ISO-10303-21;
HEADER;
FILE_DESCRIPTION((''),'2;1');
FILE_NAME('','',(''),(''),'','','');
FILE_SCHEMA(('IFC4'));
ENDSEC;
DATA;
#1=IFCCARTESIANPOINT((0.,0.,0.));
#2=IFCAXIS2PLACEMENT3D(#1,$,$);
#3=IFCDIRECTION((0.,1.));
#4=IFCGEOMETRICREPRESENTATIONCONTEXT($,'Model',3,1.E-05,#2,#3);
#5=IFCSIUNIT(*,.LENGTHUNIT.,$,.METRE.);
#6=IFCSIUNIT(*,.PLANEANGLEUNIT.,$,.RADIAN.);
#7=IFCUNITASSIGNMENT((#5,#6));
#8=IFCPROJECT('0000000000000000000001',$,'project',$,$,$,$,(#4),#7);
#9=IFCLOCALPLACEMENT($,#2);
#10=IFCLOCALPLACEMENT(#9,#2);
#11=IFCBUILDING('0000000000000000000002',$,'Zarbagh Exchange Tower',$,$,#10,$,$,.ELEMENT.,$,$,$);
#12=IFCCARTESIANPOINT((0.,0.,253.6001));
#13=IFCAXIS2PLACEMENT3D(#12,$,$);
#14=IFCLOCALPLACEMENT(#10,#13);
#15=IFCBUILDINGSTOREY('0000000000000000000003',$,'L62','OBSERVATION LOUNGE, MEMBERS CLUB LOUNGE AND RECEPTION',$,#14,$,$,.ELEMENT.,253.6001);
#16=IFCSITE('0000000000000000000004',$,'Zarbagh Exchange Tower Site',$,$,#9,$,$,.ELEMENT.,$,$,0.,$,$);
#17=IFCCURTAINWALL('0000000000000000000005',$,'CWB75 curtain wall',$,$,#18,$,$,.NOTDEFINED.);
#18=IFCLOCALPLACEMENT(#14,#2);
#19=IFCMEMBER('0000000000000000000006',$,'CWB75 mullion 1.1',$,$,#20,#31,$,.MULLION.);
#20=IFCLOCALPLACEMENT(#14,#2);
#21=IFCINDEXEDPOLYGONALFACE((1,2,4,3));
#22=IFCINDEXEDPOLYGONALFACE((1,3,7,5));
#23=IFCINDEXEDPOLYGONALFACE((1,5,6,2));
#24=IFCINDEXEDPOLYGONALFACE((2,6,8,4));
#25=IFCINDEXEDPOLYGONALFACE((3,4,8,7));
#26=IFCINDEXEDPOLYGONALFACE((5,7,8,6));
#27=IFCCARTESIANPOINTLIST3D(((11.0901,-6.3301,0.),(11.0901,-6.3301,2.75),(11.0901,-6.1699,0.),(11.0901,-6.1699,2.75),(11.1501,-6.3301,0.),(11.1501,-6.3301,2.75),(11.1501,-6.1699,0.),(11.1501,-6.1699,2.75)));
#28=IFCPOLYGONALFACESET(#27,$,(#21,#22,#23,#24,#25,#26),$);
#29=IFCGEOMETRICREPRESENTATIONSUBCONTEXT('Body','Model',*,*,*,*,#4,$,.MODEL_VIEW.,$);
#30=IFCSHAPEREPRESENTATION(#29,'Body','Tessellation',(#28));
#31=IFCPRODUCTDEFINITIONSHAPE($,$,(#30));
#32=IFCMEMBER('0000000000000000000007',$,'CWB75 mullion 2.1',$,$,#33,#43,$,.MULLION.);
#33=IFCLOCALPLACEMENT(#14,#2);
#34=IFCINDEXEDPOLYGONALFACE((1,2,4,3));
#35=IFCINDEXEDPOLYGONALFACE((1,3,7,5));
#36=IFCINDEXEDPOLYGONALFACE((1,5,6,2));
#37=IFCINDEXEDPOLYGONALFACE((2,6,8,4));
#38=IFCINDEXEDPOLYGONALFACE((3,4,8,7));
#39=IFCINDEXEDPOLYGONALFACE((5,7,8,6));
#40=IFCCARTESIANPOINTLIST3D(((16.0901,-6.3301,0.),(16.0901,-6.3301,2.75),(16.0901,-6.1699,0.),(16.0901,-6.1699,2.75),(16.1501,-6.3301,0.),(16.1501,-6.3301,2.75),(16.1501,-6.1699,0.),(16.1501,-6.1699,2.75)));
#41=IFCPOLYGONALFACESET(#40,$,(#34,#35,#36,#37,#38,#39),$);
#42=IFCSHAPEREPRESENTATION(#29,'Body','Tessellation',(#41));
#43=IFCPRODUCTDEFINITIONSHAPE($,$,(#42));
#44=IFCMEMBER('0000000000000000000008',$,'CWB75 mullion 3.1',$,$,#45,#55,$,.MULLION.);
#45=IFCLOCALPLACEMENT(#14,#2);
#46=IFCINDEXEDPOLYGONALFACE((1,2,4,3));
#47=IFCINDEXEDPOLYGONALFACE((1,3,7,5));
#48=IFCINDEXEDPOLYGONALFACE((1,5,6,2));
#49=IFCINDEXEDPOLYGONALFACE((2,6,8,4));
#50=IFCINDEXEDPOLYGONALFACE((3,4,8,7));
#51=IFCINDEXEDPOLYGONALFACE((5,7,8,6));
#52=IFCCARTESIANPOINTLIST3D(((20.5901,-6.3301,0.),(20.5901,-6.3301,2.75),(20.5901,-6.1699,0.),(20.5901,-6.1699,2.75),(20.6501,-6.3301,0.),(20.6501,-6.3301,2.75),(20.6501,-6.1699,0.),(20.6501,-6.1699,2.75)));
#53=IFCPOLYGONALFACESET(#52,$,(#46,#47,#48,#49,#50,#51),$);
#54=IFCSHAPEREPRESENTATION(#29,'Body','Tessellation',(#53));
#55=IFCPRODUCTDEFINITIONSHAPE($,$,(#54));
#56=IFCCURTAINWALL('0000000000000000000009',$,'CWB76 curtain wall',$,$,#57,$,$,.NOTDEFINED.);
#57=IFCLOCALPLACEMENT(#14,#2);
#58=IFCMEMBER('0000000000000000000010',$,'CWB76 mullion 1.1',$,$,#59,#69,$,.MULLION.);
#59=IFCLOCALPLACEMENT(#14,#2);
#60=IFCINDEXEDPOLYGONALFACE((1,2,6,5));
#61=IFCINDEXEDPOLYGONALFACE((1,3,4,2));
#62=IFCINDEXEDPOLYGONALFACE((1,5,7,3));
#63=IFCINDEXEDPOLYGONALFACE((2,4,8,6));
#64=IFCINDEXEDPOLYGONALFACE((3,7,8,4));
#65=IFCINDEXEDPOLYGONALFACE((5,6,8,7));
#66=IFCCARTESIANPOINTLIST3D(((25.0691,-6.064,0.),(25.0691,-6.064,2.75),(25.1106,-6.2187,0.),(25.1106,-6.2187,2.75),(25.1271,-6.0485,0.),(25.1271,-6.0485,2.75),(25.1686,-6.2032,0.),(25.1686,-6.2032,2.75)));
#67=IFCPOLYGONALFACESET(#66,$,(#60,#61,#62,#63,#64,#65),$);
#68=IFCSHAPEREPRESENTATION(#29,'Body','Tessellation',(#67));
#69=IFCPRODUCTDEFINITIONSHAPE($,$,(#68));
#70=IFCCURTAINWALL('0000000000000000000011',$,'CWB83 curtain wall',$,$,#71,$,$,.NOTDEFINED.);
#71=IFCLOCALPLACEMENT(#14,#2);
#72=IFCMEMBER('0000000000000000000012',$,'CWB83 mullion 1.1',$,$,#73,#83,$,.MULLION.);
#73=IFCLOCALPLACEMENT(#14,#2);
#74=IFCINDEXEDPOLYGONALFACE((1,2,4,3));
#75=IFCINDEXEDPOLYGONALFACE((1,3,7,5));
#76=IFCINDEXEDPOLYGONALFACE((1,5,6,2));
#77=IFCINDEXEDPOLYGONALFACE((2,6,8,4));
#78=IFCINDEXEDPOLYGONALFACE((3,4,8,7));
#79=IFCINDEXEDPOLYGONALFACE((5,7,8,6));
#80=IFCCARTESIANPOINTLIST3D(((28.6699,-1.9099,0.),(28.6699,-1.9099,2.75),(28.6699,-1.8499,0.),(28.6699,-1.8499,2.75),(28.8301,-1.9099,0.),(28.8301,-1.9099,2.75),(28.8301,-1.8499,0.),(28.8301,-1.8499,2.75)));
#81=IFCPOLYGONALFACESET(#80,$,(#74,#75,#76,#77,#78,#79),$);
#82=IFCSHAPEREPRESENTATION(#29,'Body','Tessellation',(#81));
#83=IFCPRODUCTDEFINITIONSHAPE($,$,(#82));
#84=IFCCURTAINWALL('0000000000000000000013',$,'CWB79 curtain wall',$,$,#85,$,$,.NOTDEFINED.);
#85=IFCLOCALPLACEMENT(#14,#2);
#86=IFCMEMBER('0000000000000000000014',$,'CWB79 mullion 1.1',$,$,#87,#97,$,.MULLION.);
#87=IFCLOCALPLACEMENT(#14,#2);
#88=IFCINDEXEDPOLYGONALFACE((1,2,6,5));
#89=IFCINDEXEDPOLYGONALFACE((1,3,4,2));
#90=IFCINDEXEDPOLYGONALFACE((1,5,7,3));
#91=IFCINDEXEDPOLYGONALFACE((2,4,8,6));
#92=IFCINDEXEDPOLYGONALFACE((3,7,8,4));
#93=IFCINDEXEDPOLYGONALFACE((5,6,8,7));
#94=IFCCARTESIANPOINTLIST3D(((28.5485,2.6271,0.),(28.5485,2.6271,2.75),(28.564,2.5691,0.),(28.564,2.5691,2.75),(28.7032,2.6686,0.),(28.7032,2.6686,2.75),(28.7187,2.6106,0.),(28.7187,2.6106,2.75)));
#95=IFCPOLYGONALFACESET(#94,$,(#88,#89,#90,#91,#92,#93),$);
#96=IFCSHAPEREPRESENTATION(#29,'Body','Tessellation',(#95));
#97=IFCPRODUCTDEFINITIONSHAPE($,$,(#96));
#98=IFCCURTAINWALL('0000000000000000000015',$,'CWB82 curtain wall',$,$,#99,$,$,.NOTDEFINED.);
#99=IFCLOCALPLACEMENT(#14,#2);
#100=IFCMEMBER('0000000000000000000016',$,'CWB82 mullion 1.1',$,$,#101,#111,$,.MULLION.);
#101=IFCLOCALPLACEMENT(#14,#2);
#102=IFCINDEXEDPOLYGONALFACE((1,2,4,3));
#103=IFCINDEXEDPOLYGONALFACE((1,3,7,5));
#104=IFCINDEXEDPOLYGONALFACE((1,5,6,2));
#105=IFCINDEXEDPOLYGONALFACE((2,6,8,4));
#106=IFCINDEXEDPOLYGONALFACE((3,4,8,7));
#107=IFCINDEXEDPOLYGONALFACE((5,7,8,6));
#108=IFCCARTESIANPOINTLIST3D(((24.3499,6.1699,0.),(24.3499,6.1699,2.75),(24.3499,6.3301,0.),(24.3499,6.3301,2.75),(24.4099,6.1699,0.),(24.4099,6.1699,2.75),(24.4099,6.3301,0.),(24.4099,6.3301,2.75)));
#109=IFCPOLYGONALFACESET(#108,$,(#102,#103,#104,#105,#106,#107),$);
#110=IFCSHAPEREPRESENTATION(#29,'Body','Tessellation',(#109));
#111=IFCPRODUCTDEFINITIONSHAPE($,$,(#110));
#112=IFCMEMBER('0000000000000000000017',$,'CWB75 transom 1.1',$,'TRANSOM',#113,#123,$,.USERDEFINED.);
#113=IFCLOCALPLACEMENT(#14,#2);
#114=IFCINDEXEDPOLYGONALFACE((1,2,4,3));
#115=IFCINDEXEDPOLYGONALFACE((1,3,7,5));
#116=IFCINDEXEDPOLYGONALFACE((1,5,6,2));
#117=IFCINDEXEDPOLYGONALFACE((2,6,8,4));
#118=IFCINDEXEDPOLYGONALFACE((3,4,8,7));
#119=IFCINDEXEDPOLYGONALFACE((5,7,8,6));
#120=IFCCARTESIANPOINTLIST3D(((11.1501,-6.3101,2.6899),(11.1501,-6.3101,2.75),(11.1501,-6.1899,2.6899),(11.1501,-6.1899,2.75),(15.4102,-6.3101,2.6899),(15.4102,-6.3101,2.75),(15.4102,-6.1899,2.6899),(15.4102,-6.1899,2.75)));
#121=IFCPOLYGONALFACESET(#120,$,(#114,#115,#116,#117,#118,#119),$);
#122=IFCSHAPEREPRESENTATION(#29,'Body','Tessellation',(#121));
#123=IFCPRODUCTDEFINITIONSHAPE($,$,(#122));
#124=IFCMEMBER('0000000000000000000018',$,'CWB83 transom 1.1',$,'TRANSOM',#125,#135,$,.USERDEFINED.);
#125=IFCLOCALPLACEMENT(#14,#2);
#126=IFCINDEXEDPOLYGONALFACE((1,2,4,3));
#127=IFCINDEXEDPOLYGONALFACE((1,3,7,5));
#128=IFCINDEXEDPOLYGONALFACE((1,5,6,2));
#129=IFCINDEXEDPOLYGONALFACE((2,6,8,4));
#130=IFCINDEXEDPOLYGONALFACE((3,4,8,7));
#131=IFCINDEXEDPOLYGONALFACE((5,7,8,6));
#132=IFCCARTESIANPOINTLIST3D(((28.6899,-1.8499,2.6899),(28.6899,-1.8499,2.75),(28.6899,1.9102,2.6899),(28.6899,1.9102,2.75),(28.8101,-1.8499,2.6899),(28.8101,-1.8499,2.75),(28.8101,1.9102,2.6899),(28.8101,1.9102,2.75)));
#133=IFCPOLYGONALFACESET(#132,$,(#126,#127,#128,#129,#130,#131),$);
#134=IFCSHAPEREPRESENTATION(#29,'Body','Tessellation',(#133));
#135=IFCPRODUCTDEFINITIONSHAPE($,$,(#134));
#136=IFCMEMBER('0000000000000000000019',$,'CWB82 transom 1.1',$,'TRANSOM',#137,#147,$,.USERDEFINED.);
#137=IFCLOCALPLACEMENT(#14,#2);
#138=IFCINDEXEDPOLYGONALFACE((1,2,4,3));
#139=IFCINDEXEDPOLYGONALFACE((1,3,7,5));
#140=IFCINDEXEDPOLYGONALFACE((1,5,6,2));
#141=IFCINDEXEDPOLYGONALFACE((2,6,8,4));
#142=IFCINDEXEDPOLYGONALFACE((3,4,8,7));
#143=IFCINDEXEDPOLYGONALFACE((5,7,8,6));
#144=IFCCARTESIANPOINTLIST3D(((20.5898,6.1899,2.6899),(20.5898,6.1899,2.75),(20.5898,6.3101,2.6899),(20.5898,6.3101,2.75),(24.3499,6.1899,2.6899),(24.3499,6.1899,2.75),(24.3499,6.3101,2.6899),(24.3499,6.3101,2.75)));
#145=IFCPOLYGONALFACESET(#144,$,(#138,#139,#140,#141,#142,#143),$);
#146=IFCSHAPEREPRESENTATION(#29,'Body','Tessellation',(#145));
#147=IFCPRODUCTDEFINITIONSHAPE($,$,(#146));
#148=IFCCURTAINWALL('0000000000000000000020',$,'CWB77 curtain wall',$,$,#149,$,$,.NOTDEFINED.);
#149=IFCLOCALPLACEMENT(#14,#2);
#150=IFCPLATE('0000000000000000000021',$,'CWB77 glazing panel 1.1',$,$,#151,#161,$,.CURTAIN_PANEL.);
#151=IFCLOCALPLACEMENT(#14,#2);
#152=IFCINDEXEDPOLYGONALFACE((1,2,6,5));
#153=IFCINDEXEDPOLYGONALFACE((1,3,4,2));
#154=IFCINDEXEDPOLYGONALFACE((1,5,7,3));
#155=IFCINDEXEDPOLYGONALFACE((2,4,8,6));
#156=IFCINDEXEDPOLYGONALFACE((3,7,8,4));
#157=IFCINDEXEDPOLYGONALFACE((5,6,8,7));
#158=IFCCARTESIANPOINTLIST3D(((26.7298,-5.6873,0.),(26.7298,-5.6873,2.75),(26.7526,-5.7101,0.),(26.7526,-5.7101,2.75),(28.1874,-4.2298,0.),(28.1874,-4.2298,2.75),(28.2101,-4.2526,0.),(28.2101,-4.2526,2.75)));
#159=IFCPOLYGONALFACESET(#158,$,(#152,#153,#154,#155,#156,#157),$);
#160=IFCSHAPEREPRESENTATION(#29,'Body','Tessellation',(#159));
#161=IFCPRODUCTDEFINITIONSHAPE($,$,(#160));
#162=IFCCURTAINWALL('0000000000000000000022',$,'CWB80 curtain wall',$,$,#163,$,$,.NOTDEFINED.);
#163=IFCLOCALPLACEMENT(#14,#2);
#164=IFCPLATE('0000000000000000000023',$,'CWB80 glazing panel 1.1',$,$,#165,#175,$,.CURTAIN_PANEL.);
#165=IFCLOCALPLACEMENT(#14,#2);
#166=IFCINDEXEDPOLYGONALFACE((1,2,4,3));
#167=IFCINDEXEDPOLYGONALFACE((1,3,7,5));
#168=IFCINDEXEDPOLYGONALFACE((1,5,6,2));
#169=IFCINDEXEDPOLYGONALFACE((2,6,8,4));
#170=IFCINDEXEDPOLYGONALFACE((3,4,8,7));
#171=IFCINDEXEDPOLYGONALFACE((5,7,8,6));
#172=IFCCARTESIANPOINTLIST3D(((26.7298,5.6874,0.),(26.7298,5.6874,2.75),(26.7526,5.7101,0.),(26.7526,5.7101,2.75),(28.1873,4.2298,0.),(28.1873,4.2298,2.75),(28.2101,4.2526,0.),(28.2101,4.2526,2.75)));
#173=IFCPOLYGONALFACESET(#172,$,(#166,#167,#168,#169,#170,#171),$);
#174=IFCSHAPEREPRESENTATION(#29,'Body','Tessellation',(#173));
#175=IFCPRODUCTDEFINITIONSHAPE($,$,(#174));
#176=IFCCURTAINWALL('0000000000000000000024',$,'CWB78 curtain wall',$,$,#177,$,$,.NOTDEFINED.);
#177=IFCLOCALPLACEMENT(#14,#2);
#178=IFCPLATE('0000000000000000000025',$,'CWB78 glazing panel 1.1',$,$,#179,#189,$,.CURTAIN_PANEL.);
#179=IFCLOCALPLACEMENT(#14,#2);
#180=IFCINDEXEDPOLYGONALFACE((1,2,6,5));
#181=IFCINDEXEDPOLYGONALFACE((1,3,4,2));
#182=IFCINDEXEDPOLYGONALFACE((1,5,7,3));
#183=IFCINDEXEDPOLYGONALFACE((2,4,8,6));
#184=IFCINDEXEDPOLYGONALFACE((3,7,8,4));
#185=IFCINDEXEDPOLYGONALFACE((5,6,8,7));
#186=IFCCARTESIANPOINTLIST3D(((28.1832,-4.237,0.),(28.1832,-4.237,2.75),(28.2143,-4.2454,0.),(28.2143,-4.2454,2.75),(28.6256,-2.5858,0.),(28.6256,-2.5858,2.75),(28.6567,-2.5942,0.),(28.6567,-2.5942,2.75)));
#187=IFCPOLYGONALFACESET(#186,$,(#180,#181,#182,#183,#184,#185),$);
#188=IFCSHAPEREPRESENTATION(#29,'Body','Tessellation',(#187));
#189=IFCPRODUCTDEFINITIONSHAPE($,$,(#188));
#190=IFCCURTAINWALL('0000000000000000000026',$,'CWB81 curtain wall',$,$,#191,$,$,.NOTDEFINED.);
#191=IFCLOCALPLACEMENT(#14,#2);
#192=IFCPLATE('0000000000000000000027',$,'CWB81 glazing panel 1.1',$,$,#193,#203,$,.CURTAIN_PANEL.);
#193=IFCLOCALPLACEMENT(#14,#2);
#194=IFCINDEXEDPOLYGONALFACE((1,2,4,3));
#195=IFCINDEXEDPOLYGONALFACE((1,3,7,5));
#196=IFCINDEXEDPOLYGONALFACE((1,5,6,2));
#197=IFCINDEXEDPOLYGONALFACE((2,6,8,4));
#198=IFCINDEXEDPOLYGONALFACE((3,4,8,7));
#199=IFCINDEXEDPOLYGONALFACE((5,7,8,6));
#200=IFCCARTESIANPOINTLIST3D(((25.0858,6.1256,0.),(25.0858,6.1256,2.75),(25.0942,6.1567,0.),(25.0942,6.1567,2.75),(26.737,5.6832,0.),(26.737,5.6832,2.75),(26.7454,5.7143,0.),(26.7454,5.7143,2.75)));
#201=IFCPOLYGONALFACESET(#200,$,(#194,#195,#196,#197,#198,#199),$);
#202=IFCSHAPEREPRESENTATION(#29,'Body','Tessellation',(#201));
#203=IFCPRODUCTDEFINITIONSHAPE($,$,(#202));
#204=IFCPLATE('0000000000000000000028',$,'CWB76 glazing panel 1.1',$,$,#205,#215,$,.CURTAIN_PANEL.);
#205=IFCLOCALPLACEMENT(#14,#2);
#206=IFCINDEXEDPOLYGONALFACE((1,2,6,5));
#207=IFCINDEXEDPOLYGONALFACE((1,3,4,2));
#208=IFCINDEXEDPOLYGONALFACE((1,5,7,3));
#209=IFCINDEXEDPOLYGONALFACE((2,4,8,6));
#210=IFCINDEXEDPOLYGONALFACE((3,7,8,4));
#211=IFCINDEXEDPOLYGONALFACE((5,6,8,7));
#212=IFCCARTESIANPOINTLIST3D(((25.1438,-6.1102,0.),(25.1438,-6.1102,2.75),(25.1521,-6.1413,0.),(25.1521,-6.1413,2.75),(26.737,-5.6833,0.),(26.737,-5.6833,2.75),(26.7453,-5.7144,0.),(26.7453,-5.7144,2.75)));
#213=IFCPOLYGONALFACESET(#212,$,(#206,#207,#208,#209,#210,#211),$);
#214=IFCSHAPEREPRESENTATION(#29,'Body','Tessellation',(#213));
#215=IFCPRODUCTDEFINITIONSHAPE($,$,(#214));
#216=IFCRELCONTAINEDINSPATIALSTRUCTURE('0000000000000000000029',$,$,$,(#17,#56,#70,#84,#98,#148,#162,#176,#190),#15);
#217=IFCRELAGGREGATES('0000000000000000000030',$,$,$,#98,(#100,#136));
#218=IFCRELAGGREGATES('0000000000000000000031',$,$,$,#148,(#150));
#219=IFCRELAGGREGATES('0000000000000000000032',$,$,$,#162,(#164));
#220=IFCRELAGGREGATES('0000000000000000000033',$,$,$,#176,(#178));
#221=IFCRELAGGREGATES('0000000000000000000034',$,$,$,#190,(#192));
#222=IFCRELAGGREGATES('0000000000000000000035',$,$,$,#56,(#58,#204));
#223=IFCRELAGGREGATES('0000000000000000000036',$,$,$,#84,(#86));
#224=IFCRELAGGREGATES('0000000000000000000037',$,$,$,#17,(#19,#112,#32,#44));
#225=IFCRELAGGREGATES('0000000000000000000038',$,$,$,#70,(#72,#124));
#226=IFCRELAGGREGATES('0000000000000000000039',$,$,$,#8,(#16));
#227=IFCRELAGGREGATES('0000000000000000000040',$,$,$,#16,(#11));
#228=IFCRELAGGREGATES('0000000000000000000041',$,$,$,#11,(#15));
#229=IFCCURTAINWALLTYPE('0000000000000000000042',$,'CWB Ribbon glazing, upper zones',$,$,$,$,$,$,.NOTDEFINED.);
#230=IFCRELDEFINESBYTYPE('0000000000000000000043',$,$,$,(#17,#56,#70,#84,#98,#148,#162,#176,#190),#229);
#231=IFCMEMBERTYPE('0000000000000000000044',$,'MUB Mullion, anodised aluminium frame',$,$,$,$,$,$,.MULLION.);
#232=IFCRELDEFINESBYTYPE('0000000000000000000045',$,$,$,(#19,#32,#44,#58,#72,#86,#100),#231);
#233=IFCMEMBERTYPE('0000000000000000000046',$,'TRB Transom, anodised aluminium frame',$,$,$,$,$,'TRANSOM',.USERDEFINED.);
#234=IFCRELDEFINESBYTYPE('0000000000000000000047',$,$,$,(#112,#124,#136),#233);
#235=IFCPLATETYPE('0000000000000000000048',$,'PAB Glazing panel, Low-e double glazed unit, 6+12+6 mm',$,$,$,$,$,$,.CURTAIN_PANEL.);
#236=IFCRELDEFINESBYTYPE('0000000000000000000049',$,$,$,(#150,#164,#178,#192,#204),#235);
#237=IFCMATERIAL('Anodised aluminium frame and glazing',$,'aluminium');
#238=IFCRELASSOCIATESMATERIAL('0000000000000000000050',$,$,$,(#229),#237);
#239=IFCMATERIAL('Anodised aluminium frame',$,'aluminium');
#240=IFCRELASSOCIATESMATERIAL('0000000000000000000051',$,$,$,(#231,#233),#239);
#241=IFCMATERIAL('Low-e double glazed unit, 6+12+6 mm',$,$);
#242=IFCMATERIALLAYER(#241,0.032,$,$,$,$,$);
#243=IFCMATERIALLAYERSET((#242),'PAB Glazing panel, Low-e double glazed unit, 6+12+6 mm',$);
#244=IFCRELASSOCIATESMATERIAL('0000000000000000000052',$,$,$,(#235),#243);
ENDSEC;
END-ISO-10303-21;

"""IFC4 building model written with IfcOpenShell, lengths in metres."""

from ifc_helpers import new_model, si_unit, direction, frame, origin, place, context, subcontext, project, spatial, polyline, outline, extrude, source, transform, mapped, material, layer, layer_set, type_object, element, aggregate, save


model = new_model("IFC4")

# Units and contexts
model_context = context("Model", 3, precision=1e-05, world=origin(), true_north=direction((0.0, 1.0)))
body_context = subcontext(model_context, "Body", "Model", "MODEL_VIEW")
ifc_project = project(units=[si_unit("LENGTHUNIT", "METRE"), si_unit("PLANEANGLEUNIT", "RADIAN")], contexts=[model_context])

# Site, building, storey
site_placement = place(None, origin())
site = spatial("IfcSite", under=ifc_project, at=site_placement, Name="Zarbagh Exchange Tower Site", CompositionType="ELEMENT", RefElevation=0.0)
building_placement = place(site_placement, origin())
building = spatial("IfcBuilding", under=site, at=building_placement, Name="Zarbagh Exchange Tower", CompositionType="ELEMENT")
storey_placement = place(building_placement, frame((0.0, 0.0, 253.6001)))
storey = spatial("IfcBuildingStorey", under=building, at=storey_placement, Name="L62", Description="OBSERVATION LOUNGE, MEMBERS CLUB LOUNGE AND RECEPTION", CompositionType="ELEMENT", Elevation=253.6001)

# Curtain wall, members
ifc_material_1 = material(Name="Anodised aluminium frame and glazing", Category="aluminium")
curtain_wall_type = type_object("IfcCurtainWallType", Name="CWB Ribbon glazing, upper zones", PredefinedType="NOTDEFINED", material=ifc_material_1)
curtain_wall_1_placement = place(storey_placement, origin())
curtain_wall_1 = element("IfcCurtainWall", 1, at=curtain_wall_1_placement, inside=storey, type_object=curtain_wall_type, Name="CWB75 curtain wall", PredefinedType="NOTDEFINED")
ifc_material_2 = material(Name="Anodised aluminium frame", Category="aluminium")
member_type_1 = type_object("IfcMemberType", Name="MUB Mullion, anodised aluminium frame", PredefinedType="MULLION", material=ifc_material_2)
shared_shape_1 = source(origin(), body_context, "Body", "SweptSolid", [
    extrude(outline(polyline([(0.0, -0.0801), (0.0601, -0.0801), (0.0601, 0.0801), (0.0, 0.0801), (0.0, -0.0801)])), origin(), (0.0, 0.0, 1.0), 2.75),
])
placement = place(storey_placement, origin())
member_1 = element("IfcMember", 2, at=placement, type_object=member_type_1, Name="CWB75 mullion 1.1", PredefinedType="MULLION", context=body_context, shape_type="MappedRepresentation", body=[
    mapped(shared_shape_1, transform((11.0901, -6.25, 0.0), x_axis=(1.0, 0.0, 0.0), y_axis=(0.0, 1.0, 0.0), z_axis=(0.0, 0.0, 1.0))),
])
member_2 = element("IfcMember", 3, at=placement, type_object=member_type_1, Name="CWB75 mullion 2.1", PredefinedType="MULLION", context=body_context, shape_type="MappedRepresentation", body=[
    mapped(shared_shape_1, transform((16.0901, -6.25, 0.0), x_axis=(1.0, 0.0, 0.0), y_axis=(0.0, 1.0, 0.0), z_axis=(0.0, 0.0, 1.0))),
])
member_3 = element("IfcMember", 4, at=placement, type_object=member_type_1, Name="CWB75 mullion 3.1", PredefinedType="MULLION", context=body_context, shape_type="MappedRepresentation", body=[
    mapped(shared_shape_1, transform((20.5901, -6.25, 0.0), x_axis=(1.0, 0.0, 0.0), y_axis=(0.0, 1.0, 0.0), z_axis=(0.0, 0.0, 1.0))),
])

# Curtain walls, members
curtain_wall_2_placement = place(storey_placement, origin())
curtain_wall_2 = element("IfcCurtainWall", 5, at=curtain_wall_2_placement, inside=storey, type_object=curtain_wall_type, Name="CWB76 curtain wall", PredefinedType="NOTDEFINED")
member_4 = element("IfcMember", 6, at=placement, type_object=member_type_1, Name="CWB76 mullion 1.1", PredefinedType="MULLION", context=body_context, shape_type="MappedRepresentation", body=[
    mapped(shared_shape_1, transform((25.0898, -6.1414, 0.0), x_axis=(0.965924, 0.258825, 0.0), y_axis=(-0.258825, 0.965924, 0.0), z_axis=(0.0, 0.0, 1.0))),
])
curtain_wall_3_placement = place(storey_placement, origin())
curtain_wall_3 = element("IfcCurtainWall", 7, at=curtain_wall_3_placement, inside=storey, type_object=curtain_wall_type, Name="CWB83 curtain wall", PredefinedType="NOTDEFINED")
member_5 = element("IfcMember", 8, at=placement, type_object=member_type_1, Name="CWB83 mullion 1.1", PredefinedType="MULLION", context=body_context, shape_type="MappedRepresentation", body=[
    mapped(shared_shape_1, transform((28.75, -1.9099, 0.0), x_axis=(0.0, 1.0, 0.0), y_axis=(-1.0, 0.0, 0.0), z_axis=(0.0, 0.0, 1.0))),
])
curtain_wall_4_placement = place(storey_placement, origin())
curtain_wall_4 = element("IfcCurtainWall", 9, at=curtain_wall_4_placement, inside=storey, type_object=curtain_wall_type, Name="CWB79 curtain wall", PredefinedType="NOTDEFINED")
member_6 = element("IfcMember", 10, at=placement, type_object=member_type_1, Name="CWB79 mullion 1.1", PredefinedType="MULLION", context=body_context, shape_type="MappedRepresentation", body=[
    mapped(shared_shape_1, transform((28.6414, 2.5898, 0.0), x_axis=(-0.258825, 0.965924, 0.0), y_axis=(-0.965924, -0.258825, 0.0), z_axis=(0.0, 0.0, 1.0))),
])
curtain_wall_5_placement = place(storey_placement, origin())
curtain_wall_5 = element("IfcCurtainWall", 11, at=curtain_wall_5_placement, inside=storey, type_object=curtain_wall_type, Name="CWB82 curtain wall", PredefinedType="NOTDEFINED")
member_7 = element("IfcMember", 12, at=placement, type_object=member_type_1, Name="CWB82 mullion 1.1", PredefinedType="MULLION", context=body_context, shape_type="MappedRepresentation", body=[
    mapped(shared_shape_1, transform((24.4099, 6.25, 0.0), x_axis=(-1.0, 0.0, 0.0), y_axis=(0.0, -1.0, 0.0), z_axis=(0.0, 0.0, 1.0))),
])

# Members
member_type_2 = type_object("IfcMemberType", Name="TRB Transom, anodised aluminium frame", ElementType="TRANSOM", PredefinedType="USERDEFINED", material=ifc_material_2)
shared_shape_2 = source(origin(), body_context, "Body", "SweptSolid", [
    extrude(outline(polyline([(-0.0601, -0.0601), (0.0, -0.0601), (0.0, 0.0601), (-0.0601, 0.0601), (-0.0601, -0.0601)])), origin(), (0.0, 0.0, 1.0), 4.26),
])
member_8 = element("IfcMember", 13, at=placement, type_object=member_type_2, Name="CWB75 transom 1.1", ObjectType="TRANSOM", PredefinedType="USERDEFINED", context=body_context, shape_type="MappedRepresentation", body=[
    mapped(shared_shape_2, transform((11.1501, -6.25, 2.75), x_axis=(0.0, 0.0, 1.0), y_axis=(0.0, -1.0, 0.0), z_axis=(1.0, 0.0, 0.0))),
])
shared_shape_3 = source(origin(), body_context, "Body", "SweptSolid", [
    extrude(outline(polyline([(-0.0601, -0.0601), (0.0, -0.0601), (0.0, 0.0601), (-0.0601, 0.0601), (-0.0601, -0.0601)])), origin(), (0.0, 0.0, 1.0), 3.76),
])
member_9 = element("IfcMember", 14, at=placement, type_object=member_type_2, Name="CWB83 transom 1.1", ObjectType="TRANSOM", PredefinedType="USERDEFINED", context=body_context, shape_type="MappedRepresentation", body=[
    mapped(shared_shape_3, transform((28.75, -1.8499, 2.75), x_axis=(0.0, 0.0, 1.0), y_axis=(1.0, 0.0, 0.0), z_axis=(0.0, 1.0, 0.0))),
])
member_10 = element("IfcMember", 15, at=placement, type_object=member_type_2, Name="CWB82 transom 1.1", ObjectType="TRANSOM", PredefinedType="USERDEFINED", context=body_context, shape_type="MappedRepresentation", body=[
    mapped(shared_shape_3, transform((24.3499, 6.25, 2.75), x_axis=(0.0, 0.0, 1.0), y_axis=(0.0, 1.0, 0.0), z_axis=(-1.0, 0.0, 0.0))),
])
aggregate(curtain_wall_5, [member_7, member_10])

# Curtain walls, plates
curtain_wall_6_placement = place(storey_placement, origin())
curtain_wall_6 = element("IfcCurtainWall", 16, at=curtain_wall_6_placement, inside=storey, type_object=curtain_wall_type, Name="CWB77 curtain wall", PredefinedType="NOTDEFINED")
ifc_material_3 = material(Name="Low-e double glazed unit, 6+12+6 mm")
ifc_layer = layer(ifc_material_3, 0.032)
ifc_layer_set = layer_set([ifc_layer], Name="PAB Glazing panel, Low-e double glazed unit, 6+12+6 mm")
plate_type = type_object("IfcPlateType", Name="PAB Glazing panel, Low-e double glazed unit, 6+12+6 mm", PredefinedType="CURTAIN_PANEL", material=ifc_layer_set)
shared_shape_4 = source(origin(), body_context, "Body", "SweptSolid", [
    extrude(outline(polyline([(0.0, -0.0161), (2.0613, -0.0161), (2.0613, 0.0161), (0.0, 0.0161), (0.0, -0.0161)])), origin(), (0.0, 0.0, 1.0), 2.75),
])
plate_1 = element("IfcPlate", 17, at=placement, type_object=plate_type, Name="CWB77 glazing panel 1.1", PredefinedType="CURTAIN_PANEL", context=body_context, shape_type="MappedRepresentation", body=[
    mapped(shared_shape_4, transform((26.7412, -5.6987, 0.0), x_axis=(0.707107, 0.707107, 0.0), y_axis=(-0.707107, 0.707107, 0.0), z_axis=(0.0, 0.0, 1.0))),
])
aggregate(curtain_wall_6, [plate_1])
curtain_wall_7_placement = place(storey_placement, origin())
curtain_wall_7 = element("IfcCurtainWall", 18, at=curtain_wall_7_placement, inside=storey, type_object=curtain_wall_type, Name="CWB80 curtain wall", PredefinedType="NOTDEFINED")
plate_2 = element("IfcPlate", 19, at=placement, type_object=plate_type, Name="CWB80 glazing panel 1.1", PredefinedType="CURTAIN_PANEL", context=body_context, shape_type="MappedRepresentation", body=[
    mapped(shared_shape_4, transform((28.1987, 4.2412, 0.0), x_axis=(-0.707107, 0.707107, 0.0), y_axis=(-0.707107, -0.707107, 0.0), z_axis=(0.0, 0.0, 1.0))),
])
aggregate(curtain_wall_7, [plate_2])
curtain_wall_8_placement = place(storey_placement, origin())
curtain_wall_8 = element("IfcCurtainWall", 20, at=curtain_wall_8_placement, inside=storey, type_object=curtain_wall_type, Name="CWB78 curtain wall", PredefinedType="NOTDEFINED")
shared_shape_5 = source(origin(), body_context, "Body", "SweptSolid", [
    extrude(outline(polyline([(0.0, -0.0161), (1.7095, -0.0161), (1.7095, 0.0161), (0.0, 0.0161), (0.0, -0.0161)])), origin(), (0.0, 0.0, 1.0), 2.75),
])
plate_3 = element("IfcPlate", 21, at=placement, type_object=plate_type, Name="CWB78 glazing panel 1.1", PredefinedType="CURTAIN_PANEL", context=body_context, shape_type="MappedRepresentation", body=[
    mapped(shared_shape_5, transform((28.1987, -4.2412, 0.0), x_axis=(0.258825, 0.965924, 0.0), y_axis=(-0.965924, 0.258825, 0.0), z_axis=(0.0, 0.0, 1.0))),
])
aggregate(curtain_wall_8, [plate_3])
curtain_wall_9_placement = place(storey_placement, origin())
curtain_wall_9 = element("IfcCurtainWall", 22, at=curtain_wall_9_placement, inside=storey, type_object=curtain_wall_type, Name="CWB81 curtain wall", PredefinedType="NOTDEFINED")
plate_4 = element("IfcPlate", 23, at=placement, type_object=plate_type, Name="CWB81 glazing panel 1.1", PredefinedType="CURTAIN_PANEL", context=body_context, shape_type="MappedRepresentation", body=[
    mapped(shared_shape_5, transform((26.7412, 5.6987, 0.0), x_axis=(-0.965924, 0.258825, 0.0), y_axis=(-0.258825, -0.965924, 0.0), z_axis=(0.0, 0.0, 1.0))),
])
aggregate(curtain_wall_9, [plate_4])

# Plate
shared_shape_6 = source(origin(), body_context, "Body", "SweptSolid", [
    extrude(outline(polyline([(0.0, -0.0161), (1.6494, -0.0161), (1.6494, 0.0161), (0.0, 0.0161), (0.0, -0.0161)])), origin(), (0.0, 0.0, 1.0), 2.75),
])
plate_5 = element("IfcPlate", 24, at=placement, type_object=plate_type, Name="CWB76 glazing panel 1.1", PredefinedType="CURTAIN_PANEL", context=body_context, shape_type="MappedRepresentation", body=[
    mapped(shared_shape_6, transform((25.1479, -6.1257, 0.0), x_axis=(0.965924, 0.258825, 0.0), y_axis=(-0.258825, 0.965924, 0.0), z_axis=(0.0, 0.0, 1.0))),
])
aggregate(curtain_wall_2, [member_4, plate_5])
aggregate(curtain_wall_4, [member_6])

aggregate(curtain_wall_1, [member_1, member_8, member_2, member_3])
aggregate(curtain_wall_3, [member_5, member_9])

save(model, "model.ifc")
